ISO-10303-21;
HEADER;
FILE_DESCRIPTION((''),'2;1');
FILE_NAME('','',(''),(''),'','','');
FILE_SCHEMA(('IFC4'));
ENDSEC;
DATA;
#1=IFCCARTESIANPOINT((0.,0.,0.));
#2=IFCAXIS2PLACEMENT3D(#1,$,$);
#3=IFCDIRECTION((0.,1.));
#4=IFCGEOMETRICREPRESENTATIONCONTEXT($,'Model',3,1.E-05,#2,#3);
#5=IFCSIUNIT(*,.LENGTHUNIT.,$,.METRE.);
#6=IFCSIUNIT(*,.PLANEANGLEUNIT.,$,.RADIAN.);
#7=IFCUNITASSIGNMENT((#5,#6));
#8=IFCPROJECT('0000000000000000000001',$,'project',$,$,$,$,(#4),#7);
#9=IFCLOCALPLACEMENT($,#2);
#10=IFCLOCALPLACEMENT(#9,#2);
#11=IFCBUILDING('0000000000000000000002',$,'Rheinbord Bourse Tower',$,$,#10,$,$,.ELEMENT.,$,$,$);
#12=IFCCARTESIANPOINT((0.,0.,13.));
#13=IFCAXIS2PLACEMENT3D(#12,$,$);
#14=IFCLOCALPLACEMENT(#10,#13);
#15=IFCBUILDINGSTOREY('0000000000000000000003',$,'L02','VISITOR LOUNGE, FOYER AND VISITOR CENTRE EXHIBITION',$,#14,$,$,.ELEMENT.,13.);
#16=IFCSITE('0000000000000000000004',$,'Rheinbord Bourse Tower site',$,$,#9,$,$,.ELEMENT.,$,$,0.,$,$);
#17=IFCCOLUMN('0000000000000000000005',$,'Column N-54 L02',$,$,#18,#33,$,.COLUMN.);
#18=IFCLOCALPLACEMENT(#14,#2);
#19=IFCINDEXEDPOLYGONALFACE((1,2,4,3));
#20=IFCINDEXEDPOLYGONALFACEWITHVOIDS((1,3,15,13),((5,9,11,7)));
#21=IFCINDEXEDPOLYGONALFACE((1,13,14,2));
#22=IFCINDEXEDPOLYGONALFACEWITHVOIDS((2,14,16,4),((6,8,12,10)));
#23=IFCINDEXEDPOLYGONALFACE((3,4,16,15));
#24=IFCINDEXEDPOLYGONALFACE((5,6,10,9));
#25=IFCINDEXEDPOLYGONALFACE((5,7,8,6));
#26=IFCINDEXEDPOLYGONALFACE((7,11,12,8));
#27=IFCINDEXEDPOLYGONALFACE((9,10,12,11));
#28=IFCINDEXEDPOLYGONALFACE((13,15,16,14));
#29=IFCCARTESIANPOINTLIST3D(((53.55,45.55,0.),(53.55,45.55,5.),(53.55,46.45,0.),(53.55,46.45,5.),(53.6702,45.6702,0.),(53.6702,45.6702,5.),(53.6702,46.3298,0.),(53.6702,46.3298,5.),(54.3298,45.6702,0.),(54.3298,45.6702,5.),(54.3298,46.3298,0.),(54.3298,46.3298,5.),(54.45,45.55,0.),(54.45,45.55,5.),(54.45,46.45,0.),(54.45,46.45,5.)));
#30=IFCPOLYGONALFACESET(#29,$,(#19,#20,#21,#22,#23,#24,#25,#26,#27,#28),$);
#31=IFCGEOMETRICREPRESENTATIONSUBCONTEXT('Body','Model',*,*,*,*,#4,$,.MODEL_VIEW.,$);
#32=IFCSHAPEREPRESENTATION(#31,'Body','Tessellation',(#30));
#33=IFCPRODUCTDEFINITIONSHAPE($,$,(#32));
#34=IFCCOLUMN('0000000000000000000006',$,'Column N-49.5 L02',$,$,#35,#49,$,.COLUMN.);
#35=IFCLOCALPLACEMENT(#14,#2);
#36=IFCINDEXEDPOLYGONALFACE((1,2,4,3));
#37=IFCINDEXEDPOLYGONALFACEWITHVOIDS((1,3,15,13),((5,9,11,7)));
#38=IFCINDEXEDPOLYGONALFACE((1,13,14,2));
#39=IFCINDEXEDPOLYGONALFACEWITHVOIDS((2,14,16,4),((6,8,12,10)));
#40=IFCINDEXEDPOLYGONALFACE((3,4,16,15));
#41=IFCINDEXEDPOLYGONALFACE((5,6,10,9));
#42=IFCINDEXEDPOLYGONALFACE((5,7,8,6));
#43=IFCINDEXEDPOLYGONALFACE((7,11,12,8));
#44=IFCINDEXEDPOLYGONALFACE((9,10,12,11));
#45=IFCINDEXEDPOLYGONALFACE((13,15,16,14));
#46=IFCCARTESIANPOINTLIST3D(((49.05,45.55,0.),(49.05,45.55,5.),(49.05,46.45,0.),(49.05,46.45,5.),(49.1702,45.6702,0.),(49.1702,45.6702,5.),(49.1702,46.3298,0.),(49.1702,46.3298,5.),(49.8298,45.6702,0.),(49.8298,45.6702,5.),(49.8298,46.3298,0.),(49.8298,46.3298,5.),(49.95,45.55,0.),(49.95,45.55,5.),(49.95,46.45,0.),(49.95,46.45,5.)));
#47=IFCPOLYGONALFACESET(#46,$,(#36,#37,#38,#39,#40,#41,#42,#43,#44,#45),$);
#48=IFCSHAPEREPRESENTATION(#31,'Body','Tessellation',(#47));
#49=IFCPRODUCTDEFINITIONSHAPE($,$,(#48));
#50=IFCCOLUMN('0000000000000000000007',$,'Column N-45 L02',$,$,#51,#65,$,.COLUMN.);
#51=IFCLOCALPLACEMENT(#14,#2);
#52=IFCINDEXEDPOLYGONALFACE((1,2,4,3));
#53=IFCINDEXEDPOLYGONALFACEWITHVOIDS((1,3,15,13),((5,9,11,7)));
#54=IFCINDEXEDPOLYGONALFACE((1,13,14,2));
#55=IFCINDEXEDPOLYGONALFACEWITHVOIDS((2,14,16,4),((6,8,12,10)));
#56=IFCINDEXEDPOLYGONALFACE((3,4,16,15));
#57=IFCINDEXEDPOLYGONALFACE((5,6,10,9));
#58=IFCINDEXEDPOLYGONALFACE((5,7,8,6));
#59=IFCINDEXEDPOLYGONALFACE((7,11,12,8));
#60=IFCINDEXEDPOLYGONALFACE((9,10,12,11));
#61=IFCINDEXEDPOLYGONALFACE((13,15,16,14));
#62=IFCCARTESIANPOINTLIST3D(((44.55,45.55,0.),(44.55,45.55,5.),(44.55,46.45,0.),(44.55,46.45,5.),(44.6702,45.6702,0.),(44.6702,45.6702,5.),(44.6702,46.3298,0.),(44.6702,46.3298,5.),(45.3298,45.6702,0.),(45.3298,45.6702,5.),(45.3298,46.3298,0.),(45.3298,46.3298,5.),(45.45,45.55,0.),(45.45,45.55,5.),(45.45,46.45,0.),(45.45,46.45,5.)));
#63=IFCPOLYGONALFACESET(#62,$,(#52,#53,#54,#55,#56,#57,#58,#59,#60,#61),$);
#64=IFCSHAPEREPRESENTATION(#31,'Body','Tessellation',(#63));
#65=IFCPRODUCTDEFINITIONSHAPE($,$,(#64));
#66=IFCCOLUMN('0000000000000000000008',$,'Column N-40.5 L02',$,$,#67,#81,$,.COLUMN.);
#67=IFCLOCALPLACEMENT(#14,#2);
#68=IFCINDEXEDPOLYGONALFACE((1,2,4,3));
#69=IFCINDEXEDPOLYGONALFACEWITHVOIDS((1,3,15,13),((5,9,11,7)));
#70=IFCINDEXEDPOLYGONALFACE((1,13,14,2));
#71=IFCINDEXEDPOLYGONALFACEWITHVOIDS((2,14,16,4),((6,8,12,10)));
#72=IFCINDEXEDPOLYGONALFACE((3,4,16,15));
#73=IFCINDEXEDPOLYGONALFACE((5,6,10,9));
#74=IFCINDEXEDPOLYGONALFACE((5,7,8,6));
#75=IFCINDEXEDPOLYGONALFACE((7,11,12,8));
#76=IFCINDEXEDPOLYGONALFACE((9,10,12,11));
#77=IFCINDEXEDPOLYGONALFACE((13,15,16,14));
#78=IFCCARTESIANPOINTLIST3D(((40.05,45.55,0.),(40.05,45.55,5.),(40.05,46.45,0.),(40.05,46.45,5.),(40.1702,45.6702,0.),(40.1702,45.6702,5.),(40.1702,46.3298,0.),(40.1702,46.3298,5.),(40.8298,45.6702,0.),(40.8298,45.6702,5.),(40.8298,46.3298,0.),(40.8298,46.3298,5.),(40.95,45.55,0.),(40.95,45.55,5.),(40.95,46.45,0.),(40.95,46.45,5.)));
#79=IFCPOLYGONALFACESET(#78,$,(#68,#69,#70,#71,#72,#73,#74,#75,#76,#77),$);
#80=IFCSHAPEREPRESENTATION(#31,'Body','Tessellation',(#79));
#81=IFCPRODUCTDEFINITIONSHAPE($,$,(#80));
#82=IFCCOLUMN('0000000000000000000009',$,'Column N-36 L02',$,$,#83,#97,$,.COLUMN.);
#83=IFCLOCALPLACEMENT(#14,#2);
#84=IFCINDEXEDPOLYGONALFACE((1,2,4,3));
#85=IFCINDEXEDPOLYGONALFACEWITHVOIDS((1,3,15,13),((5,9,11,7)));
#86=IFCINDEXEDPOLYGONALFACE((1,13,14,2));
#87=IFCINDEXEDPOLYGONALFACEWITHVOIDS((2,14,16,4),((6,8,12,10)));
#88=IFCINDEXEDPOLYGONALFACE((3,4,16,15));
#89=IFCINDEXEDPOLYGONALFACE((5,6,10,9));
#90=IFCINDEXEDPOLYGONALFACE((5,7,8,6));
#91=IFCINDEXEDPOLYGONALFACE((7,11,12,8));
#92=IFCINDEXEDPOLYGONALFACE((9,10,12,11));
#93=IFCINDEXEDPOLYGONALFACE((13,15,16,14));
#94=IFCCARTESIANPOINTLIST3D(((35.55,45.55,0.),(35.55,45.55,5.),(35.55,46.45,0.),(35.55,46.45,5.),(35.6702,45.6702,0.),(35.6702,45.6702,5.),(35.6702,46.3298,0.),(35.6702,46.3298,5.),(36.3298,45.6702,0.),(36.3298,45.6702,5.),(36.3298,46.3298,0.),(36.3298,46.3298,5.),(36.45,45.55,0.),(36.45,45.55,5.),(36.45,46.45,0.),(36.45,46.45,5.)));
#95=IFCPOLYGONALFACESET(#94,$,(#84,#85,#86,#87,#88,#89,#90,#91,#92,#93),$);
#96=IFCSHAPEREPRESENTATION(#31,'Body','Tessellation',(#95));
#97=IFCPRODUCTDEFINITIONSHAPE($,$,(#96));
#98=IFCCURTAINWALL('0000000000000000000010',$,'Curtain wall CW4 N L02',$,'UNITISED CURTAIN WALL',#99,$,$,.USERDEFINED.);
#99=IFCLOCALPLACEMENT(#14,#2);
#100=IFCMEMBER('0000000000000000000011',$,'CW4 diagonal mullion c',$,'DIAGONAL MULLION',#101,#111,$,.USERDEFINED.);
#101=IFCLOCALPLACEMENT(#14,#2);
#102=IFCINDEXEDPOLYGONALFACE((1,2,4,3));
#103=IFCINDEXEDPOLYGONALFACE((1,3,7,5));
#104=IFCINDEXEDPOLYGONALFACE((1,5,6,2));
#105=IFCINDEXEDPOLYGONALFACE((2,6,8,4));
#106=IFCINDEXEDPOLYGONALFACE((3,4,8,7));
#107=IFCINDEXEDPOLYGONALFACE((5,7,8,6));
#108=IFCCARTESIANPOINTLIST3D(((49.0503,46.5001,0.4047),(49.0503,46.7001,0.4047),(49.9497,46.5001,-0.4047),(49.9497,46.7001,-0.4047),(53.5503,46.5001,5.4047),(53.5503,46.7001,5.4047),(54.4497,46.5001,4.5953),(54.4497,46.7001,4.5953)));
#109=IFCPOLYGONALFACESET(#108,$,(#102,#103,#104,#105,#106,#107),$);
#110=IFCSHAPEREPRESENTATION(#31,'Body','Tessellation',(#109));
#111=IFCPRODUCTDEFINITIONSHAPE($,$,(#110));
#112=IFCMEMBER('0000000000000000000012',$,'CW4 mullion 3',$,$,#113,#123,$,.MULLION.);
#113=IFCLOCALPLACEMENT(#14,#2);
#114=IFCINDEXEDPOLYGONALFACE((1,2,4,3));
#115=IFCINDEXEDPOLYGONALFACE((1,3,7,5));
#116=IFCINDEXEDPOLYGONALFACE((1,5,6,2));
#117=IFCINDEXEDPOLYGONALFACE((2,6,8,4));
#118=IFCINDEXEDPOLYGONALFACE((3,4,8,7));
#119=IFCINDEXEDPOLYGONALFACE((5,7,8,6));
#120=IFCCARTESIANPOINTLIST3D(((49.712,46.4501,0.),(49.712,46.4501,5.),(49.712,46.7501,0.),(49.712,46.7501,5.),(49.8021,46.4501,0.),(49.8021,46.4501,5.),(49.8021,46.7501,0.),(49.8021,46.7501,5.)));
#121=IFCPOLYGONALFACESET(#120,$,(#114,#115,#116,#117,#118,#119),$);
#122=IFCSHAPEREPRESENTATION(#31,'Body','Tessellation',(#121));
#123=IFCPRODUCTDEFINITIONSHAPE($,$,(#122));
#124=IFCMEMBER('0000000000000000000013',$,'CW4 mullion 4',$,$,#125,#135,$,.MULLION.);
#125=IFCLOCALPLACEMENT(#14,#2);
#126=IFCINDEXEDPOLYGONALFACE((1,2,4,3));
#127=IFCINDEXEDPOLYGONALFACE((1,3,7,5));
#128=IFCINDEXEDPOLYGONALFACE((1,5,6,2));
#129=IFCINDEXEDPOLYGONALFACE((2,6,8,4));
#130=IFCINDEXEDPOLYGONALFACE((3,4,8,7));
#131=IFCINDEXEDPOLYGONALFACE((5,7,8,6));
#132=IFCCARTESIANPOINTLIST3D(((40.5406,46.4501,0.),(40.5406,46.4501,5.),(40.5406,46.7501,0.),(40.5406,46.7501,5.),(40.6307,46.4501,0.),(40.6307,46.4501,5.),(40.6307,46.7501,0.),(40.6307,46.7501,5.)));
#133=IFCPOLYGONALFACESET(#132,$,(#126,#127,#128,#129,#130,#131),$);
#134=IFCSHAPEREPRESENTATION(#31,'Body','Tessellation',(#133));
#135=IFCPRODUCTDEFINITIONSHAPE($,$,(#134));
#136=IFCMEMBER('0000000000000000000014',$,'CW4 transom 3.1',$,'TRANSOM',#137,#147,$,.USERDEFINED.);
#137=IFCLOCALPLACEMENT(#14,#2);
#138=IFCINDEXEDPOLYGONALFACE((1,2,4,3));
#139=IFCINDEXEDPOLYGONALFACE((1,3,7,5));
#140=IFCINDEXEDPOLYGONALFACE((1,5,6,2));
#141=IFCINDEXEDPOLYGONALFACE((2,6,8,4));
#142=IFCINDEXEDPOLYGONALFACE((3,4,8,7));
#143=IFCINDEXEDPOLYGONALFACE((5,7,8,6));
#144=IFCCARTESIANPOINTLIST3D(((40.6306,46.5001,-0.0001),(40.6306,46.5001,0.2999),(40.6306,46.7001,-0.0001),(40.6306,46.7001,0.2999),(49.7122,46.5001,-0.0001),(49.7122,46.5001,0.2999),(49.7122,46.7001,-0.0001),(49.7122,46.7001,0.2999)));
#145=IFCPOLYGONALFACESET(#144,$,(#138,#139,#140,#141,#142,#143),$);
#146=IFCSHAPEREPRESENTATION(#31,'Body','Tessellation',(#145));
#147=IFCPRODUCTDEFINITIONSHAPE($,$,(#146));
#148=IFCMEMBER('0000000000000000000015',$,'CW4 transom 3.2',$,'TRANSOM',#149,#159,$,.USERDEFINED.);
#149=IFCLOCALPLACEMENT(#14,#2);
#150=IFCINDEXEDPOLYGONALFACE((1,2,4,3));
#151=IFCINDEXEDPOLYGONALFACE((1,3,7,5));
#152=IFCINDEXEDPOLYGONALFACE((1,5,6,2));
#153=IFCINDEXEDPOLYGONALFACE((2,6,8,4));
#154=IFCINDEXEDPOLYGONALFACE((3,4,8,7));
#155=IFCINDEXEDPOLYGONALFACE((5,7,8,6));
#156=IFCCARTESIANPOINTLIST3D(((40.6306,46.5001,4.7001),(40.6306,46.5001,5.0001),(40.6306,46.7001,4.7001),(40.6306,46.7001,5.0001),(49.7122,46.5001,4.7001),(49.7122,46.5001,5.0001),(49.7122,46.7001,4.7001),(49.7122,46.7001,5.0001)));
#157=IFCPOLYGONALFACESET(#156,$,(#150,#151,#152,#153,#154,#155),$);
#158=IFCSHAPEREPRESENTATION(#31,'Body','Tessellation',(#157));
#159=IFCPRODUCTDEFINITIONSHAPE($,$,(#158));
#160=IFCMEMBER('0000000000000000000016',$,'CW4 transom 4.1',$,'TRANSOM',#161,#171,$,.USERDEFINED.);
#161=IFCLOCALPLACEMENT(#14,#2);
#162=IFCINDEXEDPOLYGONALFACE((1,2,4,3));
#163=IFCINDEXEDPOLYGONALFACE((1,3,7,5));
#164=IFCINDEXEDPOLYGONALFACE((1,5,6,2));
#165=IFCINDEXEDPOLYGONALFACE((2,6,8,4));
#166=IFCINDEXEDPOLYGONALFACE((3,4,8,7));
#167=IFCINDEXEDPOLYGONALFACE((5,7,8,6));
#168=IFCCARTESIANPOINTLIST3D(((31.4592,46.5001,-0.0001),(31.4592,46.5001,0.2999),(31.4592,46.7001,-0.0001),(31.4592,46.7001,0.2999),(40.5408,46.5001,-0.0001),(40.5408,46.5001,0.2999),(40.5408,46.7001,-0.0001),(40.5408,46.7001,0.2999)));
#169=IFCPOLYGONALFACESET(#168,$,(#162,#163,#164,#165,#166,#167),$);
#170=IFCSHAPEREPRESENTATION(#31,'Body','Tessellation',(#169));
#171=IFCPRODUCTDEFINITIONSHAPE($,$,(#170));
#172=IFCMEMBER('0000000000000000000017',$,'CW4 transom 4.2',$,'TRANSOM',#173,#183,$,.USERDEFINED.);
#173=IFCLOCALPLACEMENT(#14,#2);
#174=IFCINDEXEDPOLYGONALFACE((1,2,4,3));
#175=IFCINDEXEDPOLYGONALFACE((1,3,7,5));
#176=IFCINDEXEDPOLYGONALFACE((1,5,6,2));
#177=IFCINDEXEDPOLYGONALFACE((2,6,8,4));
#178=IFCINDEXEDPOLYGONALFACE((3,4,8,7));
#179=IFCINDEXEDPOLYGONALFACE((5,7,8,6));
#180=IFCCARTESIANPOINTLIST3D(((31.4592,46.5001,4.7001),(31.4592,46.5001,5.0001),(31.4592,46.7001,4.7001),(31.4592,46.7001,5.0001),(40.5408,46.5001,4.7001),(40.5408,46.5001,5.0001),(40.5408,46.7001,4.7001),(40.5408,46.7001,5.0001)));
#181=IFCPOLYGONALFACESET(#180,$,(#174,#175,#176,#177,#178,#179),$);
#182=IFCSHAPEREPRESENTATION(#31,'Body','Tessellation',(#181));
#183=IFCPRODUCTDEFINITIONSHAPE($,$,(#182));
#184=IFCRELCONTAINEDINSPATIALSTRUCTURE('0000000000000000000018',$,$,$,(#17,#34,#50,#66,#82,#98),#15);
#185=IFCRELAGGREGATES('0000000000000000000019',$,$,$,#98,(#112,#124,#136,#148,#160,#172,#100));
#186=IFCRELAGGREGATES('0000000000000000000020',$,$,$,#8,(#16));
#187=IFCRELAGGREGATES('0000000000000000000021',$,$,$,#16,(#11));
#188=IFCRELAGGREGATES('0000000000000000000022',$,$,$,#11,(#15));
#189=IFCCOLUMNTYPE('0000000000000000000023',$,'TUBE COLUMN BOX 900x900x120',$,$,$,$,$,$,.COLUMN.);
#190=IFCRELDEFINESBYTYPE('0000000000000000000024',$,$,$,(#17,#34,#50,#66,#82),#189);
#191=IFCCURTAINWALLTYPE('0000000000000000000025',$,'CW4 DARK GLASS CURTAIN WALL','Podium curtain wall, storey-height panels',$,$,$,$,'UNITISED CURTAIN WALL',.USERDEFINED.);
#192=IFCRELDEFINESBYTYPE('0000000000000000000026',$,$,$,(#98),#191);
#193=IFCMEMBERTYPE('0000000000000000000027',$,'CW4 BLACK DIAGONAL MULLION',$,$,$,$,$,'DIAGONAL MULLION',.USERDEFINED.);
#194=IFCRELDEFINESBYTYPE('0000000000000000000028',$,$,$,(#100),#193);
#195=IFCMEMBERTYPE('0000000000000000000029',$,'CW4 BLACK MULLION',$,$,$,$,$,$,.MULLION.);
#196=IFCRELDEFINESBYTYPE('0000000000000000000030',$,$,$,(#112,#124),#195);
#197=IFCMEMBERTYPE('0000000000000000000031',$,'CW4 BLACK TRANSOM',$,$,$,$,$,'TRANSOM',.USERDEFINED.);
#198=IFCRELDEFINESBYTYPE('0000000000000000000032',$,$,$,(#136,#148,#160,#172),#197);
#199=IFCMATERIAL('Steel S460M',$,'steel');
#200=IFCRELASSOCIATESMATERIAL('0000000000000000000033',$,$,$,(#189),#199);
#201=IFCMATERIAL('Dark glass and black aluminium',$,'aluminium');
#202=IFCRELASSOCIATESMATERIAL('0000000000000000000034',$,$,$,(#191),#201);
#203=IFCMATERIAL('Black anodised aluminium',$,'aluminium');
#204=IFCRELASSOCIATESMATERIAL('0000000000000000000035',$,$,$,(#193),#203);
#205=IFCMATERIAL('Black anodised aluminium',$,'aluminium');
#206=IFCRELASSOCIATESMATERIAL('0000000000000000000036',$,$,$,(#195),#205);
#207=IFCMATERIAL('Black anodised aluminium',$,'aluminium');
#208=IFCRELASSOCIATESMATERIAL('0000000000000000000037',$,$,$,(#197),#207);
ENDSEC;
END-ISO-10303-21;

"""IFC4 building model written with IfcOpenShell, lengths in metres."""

from ifc_helpers import new_model, si_unit, direction, frame, origin, origin_2d, place, context, subcontext, project, spatial, rectangle, hollow_rectangle, extrude, material, material_profile, profile_set, type_object, element, aggregate, save


model = new_model("IFC4")

# Units and contexts
model_context = context("Model", 3, precision=1e-05, world=origin(), true_north=direction((0.0, 1.0)))
body_context = subcontext(model_context, "Body", "Model", "MODEL_VIEW")
ifc_project = project(units=[si_unit("LENGTHUNIT", "METRE"), si_unit("PLANEANGLEUNIT", "RADIAN")], contexts=[model_context])

# Site, building, storey
site_placement = place(None, origin())
site = spatial("IfcSite", under=ifc_project, at=site_placement, Name="Rheinbord Bourse Tower site", CompositionType="ELEMENT", RefElevation=0.0)
building_placement = place(site_placement, origin())
building = spatial("IfcBuilding", under=site, at=building_placement, Name="Rheinbord Bourse Tower", CompositionType="ELEMENT")
storey_placement = place(building_placement, frame((0.0, 0.0, 13.0)))
storey = spatial("IfcBuildingStorey", under=building, at=storey_placement, Name="L02", Description="VISITOR LOUNGE, FOYER AND VISITOR CENTRE EXHIBITION", CompositionType="ELEMENT", Elevation=13.0)

# Columns
ifc_material_1 = material(Name="Steel S460M", Category="steel")
ifc_material_profile_1 = material_profile(ifc_material_1, hollow_rectangle(XDim=0.8999, YDim=0.8999, WallThickness=0.1201, at=origin_2d()), Name="BOX 900x900x120")
ifc_profile_set_1 = profile_set([ifc_material_profile_1], Name="Steel S460M")
column_type = type_object("IfcColumnType", Name="TUBE COLUMN BOX 900x900x120", PredefinedType="COLUMN", material=ifc_profile_set_1)
for number, where, z_axis, x_axis, name in (
    (1, (54.0, 46.0, 0.0), (0.0, 0.0, 1.0), (0.0, 1.0, 0.0), "Column N-54 L02"),
    (2, (49.5, 46.0, 0.0), (0.0, 0.0, 1.0), (0.0, 1.0, 0.0), "Column N-49.5 L02"),
    (3, (45.0, 46.0, 0.0), (0.0, 0.0, 1.0), (0.0, 1.0, 0.0), "Column N-45 L02"),
    (4, (40.5, 46.0, 0.0), (0.0, 0.0, 1.0), (0.0, 1.0, 0.0), "Column N-40.5 L02"),
    (5, (36.0, 46.0, 0.0), (0.0, 0.0, 1.0), (0.0, 1.0, 0.0), "Column N-36 L02"),
):
    element("IfcColumn", number, at=place(storey_placement, frame(where, z_axis=z_axis, x_axis=x_axis)), inside=storey, type_object=column_type, Name=name, PredefinedType="COLUMN", context=body_context, shape_type="SweptSolid", body=[
        extrude(hollow_rectangle(XDim=0.8999, YDim=0.8999, WallThickness=0.1201, at=origin_2d()), origin(), (0.0, 0.0, 1.0), 5.0),
    ])

# Curtain wall, members
ifc_material_2 = material(Name="Dark glass and black aluminium", Category="aluminium")
curtain_wall_type = type_object("IfcCurtainWallType", Name="CW4 DARK GLASS CURTAIN WALL", Description="Podium curtain wall, storey-height panels", ElementType="UNITISED CURTAIN WALL", PredefinedType="USERDEFINED", material=ifc_material_2)
curtain_wall_placement = place(storey_placement, origin())
curtain_wall = element("IfcCurtainWall", 6, at=curtain_wall_placement, inside=storey, type_object=curtain_wall_type, Name="Curtain wall CW4 N L02", ObjectType="UNITISED CURTAIN WALL", PredefinedType="USERDEFINED")
ifc_material_3 = material(Name="Black anodised aluminium", Category="aluminium")
ifc_material_profile_2 = material_profile(ifc_material_3, rectangle(XDim=0.2, YDim=1.21, at=origin_2d()), Name="CW4 DIAGONAL MULLION 1210x200")
ifc_profile_set_2 = profile_set([ifc_material_profile_2], Name="Black anodised aluminium")
member_type_1 = type_object("IfcMemberType", Name="CW4 BLACK DIAGONAL MULLION", ElementType="DIAGONAL MULLION", PredefinedType="USERDEFINED", material=ifc_profile_set_2)
member_1_placement = place(storey_placement, frame((49.5, 46.6001, 0.0), z_axis=(0.668965, 0.0, 0.743294), x_axis=(0.0, 1.0, 0.0)))
member_1 = element("IfcMember", 7, at=member_1_placement, type_object=member_type_1, Name="CW4 diagonal mullion c", ObjectType="DIAGONAL MULLION", PredefinedType="USERDEFINED", context=body_context, shape_type="SweptSolid", body=[
    extrude(rectangle(XDim=0.2, YDim=1.21, at=origin_2d()), origin(), (0.0, 0.0, 1.0), 6.7268),
])
ifc_material_4 = material(Name="Black anodised aluminium", Category="aluminium")
ifc_material_profile_3 = material_profile(ifc_material_4, rectangle(XDim=0.3, YDim=0.0901, at=origin_2d()), Name="CW4 MULLION 90x300")
ifc_profile_set_3 = profile_set([ifc_material_profile_3], Name="Black anodised aluminium")
member_type_2 = type_object("IfcMemberType", Name="CW4 BLACK MULLION", PredefinedType="MULLION", material=ifc_profile_set_3)
member_2_placement = place(storey_placement, frame((49.7571, 46.6001, 0.0), z_axis=(0.0, 0.0, 1.0), x_axis=(0.0, -1.0, 0.0)))
member_2 = element("IfcMember", 8, at=member_2_placement, type_object=member_type_2, Name="CW4 mullion 3", PredefinedType="MULLION", context=body_context, shape_type="SweptSolid", body=[
    extrude(rectangle(XDim=0.3, YDim=0.0901, at=origin_2d()), origin(), (0.0, 0.0, 1.0), 5.0),
])
member_3_placement = place(storey_placement, frame((40.5857, 46.6001, 0.0), z_axis=(0.0, 0.0, 1.0), x_axis=(0.0, -1.0, 0.0)))
member_3 = element("IfcMember", 9, at=member_3_placement, type_object=member_type_2, Name="CW4 mullion 4", PredefinedType="MULLION", context=body_context, shape_type="SweptSolid", body=[
    extrude(rectangle(XDim=0.3, YDim=0.0901, at=origin_2d()), origin(), (0.0, 0.0, 1.0), 5.0),
])
ifc_material_5 = material(Name="Black anodised aluminium", Category="aluminium")
ifc_material_profile_4 = material_profile(ifc_material_5, rectangle(XDim=0.2, YDim=0.3, at=origin_2d()), Name="CW4 TRANSOM 300x200")
ifc_profile_set_4 = profile_set([ifc_material_profile_4], Name="Black anodised aluminium")
member_type_3 = type_object("IfcMemberType", Name="CW4 BLACK TRANSOM", ElementType="TRANSOM", PredefinedType="USERDEFINED", material=ifc_profile_set_4)
member_4_placement = place(storey_placement, frame((49.7122, 46.6001, 0.1499), z_axis=(-1.0, 0.0, 0.0), x_axis=(0.0, -1.0, 0.0)))
member_4 = element("IfcMember", 10, at=member_4_placement, type_object=member_type_3, Name="CW4 transom 3.1", ObjectType="TRANSOM", PredefinedType="USERDEFINED", context=body_context, shape_type="SweptSolid", body=[
    extrude(rectangle(XDim=0.2, YDim=0.3, at=origin_2d()), origin(), (0.0, 0.0, 1.0), 9.0815),
])
member_5_placement = place(storey_placement, frame((49.7122, 46.6001, 4.8501), z_axis=(-1.0, 0.0, 0.0), x_axis=(0.0, -1.0, 0.0)))
member_5 = element("IfcMember", 11, at=member_5_placement, type_object=member_type_3, Name="CW4 transom 3.2", ObjectType="TRANSOM", PredefinedType="USERDEFINED", context=body_context, shape_type="SweptSolid", body=[
    extrude(rectangle(XDim=0.2, YDim=0.3, at=origin_2d()), origin(), (0.0, 0.0, 1.0), 9.0815),
])
member_6_placement = place(storey_placement, frame((40.5408, 46.6001, 0.1499), z_axis=(-1.0, 0.0, 0.0), x_axis=(0.0, -1.0, 0.0)))
member_6 = element("IfcMember", 12, at=member_6_placement, type_object=member_type_3, Name="CW4 transom 4.1", ObjectType="TRANSOM", PredefinedType="USERDEFINED", context=body_context, shape_type="SweptSolid", body=[
    extrude(rectangle(XDim=0.2, YDim=0.3, at=origin_2d()), origin(), (0.0, 0.0, 1.0), 9.0815),
])
member_7_placement = place(storey_placement, frame((40.5408, 46.6001, 4.8501), z_axis=(-1.0, 0.0, 0.0), x_axis=(0.0, -1.0, 0.0)))
member_7 = element("IfcMember", 13, at=member_7_placement, type_object=member_type_3, Name="CW4 transom 4.2", ObjectType="TRANSOM", PredefinedType="USERDEFINED", context=body_context, shape_type="SweptSolid", body=[
    extrude(rectangle(XDim=0.2, YDim=0.3, at=origin_2d()), origin(), (0.0, 0.0, 1.0), 9.0815),
])

aggregate(curtain_wall, [member_2, member_3, member_4, member_5, member_6, member_7, member_1])

save(model, "model.ifc")
